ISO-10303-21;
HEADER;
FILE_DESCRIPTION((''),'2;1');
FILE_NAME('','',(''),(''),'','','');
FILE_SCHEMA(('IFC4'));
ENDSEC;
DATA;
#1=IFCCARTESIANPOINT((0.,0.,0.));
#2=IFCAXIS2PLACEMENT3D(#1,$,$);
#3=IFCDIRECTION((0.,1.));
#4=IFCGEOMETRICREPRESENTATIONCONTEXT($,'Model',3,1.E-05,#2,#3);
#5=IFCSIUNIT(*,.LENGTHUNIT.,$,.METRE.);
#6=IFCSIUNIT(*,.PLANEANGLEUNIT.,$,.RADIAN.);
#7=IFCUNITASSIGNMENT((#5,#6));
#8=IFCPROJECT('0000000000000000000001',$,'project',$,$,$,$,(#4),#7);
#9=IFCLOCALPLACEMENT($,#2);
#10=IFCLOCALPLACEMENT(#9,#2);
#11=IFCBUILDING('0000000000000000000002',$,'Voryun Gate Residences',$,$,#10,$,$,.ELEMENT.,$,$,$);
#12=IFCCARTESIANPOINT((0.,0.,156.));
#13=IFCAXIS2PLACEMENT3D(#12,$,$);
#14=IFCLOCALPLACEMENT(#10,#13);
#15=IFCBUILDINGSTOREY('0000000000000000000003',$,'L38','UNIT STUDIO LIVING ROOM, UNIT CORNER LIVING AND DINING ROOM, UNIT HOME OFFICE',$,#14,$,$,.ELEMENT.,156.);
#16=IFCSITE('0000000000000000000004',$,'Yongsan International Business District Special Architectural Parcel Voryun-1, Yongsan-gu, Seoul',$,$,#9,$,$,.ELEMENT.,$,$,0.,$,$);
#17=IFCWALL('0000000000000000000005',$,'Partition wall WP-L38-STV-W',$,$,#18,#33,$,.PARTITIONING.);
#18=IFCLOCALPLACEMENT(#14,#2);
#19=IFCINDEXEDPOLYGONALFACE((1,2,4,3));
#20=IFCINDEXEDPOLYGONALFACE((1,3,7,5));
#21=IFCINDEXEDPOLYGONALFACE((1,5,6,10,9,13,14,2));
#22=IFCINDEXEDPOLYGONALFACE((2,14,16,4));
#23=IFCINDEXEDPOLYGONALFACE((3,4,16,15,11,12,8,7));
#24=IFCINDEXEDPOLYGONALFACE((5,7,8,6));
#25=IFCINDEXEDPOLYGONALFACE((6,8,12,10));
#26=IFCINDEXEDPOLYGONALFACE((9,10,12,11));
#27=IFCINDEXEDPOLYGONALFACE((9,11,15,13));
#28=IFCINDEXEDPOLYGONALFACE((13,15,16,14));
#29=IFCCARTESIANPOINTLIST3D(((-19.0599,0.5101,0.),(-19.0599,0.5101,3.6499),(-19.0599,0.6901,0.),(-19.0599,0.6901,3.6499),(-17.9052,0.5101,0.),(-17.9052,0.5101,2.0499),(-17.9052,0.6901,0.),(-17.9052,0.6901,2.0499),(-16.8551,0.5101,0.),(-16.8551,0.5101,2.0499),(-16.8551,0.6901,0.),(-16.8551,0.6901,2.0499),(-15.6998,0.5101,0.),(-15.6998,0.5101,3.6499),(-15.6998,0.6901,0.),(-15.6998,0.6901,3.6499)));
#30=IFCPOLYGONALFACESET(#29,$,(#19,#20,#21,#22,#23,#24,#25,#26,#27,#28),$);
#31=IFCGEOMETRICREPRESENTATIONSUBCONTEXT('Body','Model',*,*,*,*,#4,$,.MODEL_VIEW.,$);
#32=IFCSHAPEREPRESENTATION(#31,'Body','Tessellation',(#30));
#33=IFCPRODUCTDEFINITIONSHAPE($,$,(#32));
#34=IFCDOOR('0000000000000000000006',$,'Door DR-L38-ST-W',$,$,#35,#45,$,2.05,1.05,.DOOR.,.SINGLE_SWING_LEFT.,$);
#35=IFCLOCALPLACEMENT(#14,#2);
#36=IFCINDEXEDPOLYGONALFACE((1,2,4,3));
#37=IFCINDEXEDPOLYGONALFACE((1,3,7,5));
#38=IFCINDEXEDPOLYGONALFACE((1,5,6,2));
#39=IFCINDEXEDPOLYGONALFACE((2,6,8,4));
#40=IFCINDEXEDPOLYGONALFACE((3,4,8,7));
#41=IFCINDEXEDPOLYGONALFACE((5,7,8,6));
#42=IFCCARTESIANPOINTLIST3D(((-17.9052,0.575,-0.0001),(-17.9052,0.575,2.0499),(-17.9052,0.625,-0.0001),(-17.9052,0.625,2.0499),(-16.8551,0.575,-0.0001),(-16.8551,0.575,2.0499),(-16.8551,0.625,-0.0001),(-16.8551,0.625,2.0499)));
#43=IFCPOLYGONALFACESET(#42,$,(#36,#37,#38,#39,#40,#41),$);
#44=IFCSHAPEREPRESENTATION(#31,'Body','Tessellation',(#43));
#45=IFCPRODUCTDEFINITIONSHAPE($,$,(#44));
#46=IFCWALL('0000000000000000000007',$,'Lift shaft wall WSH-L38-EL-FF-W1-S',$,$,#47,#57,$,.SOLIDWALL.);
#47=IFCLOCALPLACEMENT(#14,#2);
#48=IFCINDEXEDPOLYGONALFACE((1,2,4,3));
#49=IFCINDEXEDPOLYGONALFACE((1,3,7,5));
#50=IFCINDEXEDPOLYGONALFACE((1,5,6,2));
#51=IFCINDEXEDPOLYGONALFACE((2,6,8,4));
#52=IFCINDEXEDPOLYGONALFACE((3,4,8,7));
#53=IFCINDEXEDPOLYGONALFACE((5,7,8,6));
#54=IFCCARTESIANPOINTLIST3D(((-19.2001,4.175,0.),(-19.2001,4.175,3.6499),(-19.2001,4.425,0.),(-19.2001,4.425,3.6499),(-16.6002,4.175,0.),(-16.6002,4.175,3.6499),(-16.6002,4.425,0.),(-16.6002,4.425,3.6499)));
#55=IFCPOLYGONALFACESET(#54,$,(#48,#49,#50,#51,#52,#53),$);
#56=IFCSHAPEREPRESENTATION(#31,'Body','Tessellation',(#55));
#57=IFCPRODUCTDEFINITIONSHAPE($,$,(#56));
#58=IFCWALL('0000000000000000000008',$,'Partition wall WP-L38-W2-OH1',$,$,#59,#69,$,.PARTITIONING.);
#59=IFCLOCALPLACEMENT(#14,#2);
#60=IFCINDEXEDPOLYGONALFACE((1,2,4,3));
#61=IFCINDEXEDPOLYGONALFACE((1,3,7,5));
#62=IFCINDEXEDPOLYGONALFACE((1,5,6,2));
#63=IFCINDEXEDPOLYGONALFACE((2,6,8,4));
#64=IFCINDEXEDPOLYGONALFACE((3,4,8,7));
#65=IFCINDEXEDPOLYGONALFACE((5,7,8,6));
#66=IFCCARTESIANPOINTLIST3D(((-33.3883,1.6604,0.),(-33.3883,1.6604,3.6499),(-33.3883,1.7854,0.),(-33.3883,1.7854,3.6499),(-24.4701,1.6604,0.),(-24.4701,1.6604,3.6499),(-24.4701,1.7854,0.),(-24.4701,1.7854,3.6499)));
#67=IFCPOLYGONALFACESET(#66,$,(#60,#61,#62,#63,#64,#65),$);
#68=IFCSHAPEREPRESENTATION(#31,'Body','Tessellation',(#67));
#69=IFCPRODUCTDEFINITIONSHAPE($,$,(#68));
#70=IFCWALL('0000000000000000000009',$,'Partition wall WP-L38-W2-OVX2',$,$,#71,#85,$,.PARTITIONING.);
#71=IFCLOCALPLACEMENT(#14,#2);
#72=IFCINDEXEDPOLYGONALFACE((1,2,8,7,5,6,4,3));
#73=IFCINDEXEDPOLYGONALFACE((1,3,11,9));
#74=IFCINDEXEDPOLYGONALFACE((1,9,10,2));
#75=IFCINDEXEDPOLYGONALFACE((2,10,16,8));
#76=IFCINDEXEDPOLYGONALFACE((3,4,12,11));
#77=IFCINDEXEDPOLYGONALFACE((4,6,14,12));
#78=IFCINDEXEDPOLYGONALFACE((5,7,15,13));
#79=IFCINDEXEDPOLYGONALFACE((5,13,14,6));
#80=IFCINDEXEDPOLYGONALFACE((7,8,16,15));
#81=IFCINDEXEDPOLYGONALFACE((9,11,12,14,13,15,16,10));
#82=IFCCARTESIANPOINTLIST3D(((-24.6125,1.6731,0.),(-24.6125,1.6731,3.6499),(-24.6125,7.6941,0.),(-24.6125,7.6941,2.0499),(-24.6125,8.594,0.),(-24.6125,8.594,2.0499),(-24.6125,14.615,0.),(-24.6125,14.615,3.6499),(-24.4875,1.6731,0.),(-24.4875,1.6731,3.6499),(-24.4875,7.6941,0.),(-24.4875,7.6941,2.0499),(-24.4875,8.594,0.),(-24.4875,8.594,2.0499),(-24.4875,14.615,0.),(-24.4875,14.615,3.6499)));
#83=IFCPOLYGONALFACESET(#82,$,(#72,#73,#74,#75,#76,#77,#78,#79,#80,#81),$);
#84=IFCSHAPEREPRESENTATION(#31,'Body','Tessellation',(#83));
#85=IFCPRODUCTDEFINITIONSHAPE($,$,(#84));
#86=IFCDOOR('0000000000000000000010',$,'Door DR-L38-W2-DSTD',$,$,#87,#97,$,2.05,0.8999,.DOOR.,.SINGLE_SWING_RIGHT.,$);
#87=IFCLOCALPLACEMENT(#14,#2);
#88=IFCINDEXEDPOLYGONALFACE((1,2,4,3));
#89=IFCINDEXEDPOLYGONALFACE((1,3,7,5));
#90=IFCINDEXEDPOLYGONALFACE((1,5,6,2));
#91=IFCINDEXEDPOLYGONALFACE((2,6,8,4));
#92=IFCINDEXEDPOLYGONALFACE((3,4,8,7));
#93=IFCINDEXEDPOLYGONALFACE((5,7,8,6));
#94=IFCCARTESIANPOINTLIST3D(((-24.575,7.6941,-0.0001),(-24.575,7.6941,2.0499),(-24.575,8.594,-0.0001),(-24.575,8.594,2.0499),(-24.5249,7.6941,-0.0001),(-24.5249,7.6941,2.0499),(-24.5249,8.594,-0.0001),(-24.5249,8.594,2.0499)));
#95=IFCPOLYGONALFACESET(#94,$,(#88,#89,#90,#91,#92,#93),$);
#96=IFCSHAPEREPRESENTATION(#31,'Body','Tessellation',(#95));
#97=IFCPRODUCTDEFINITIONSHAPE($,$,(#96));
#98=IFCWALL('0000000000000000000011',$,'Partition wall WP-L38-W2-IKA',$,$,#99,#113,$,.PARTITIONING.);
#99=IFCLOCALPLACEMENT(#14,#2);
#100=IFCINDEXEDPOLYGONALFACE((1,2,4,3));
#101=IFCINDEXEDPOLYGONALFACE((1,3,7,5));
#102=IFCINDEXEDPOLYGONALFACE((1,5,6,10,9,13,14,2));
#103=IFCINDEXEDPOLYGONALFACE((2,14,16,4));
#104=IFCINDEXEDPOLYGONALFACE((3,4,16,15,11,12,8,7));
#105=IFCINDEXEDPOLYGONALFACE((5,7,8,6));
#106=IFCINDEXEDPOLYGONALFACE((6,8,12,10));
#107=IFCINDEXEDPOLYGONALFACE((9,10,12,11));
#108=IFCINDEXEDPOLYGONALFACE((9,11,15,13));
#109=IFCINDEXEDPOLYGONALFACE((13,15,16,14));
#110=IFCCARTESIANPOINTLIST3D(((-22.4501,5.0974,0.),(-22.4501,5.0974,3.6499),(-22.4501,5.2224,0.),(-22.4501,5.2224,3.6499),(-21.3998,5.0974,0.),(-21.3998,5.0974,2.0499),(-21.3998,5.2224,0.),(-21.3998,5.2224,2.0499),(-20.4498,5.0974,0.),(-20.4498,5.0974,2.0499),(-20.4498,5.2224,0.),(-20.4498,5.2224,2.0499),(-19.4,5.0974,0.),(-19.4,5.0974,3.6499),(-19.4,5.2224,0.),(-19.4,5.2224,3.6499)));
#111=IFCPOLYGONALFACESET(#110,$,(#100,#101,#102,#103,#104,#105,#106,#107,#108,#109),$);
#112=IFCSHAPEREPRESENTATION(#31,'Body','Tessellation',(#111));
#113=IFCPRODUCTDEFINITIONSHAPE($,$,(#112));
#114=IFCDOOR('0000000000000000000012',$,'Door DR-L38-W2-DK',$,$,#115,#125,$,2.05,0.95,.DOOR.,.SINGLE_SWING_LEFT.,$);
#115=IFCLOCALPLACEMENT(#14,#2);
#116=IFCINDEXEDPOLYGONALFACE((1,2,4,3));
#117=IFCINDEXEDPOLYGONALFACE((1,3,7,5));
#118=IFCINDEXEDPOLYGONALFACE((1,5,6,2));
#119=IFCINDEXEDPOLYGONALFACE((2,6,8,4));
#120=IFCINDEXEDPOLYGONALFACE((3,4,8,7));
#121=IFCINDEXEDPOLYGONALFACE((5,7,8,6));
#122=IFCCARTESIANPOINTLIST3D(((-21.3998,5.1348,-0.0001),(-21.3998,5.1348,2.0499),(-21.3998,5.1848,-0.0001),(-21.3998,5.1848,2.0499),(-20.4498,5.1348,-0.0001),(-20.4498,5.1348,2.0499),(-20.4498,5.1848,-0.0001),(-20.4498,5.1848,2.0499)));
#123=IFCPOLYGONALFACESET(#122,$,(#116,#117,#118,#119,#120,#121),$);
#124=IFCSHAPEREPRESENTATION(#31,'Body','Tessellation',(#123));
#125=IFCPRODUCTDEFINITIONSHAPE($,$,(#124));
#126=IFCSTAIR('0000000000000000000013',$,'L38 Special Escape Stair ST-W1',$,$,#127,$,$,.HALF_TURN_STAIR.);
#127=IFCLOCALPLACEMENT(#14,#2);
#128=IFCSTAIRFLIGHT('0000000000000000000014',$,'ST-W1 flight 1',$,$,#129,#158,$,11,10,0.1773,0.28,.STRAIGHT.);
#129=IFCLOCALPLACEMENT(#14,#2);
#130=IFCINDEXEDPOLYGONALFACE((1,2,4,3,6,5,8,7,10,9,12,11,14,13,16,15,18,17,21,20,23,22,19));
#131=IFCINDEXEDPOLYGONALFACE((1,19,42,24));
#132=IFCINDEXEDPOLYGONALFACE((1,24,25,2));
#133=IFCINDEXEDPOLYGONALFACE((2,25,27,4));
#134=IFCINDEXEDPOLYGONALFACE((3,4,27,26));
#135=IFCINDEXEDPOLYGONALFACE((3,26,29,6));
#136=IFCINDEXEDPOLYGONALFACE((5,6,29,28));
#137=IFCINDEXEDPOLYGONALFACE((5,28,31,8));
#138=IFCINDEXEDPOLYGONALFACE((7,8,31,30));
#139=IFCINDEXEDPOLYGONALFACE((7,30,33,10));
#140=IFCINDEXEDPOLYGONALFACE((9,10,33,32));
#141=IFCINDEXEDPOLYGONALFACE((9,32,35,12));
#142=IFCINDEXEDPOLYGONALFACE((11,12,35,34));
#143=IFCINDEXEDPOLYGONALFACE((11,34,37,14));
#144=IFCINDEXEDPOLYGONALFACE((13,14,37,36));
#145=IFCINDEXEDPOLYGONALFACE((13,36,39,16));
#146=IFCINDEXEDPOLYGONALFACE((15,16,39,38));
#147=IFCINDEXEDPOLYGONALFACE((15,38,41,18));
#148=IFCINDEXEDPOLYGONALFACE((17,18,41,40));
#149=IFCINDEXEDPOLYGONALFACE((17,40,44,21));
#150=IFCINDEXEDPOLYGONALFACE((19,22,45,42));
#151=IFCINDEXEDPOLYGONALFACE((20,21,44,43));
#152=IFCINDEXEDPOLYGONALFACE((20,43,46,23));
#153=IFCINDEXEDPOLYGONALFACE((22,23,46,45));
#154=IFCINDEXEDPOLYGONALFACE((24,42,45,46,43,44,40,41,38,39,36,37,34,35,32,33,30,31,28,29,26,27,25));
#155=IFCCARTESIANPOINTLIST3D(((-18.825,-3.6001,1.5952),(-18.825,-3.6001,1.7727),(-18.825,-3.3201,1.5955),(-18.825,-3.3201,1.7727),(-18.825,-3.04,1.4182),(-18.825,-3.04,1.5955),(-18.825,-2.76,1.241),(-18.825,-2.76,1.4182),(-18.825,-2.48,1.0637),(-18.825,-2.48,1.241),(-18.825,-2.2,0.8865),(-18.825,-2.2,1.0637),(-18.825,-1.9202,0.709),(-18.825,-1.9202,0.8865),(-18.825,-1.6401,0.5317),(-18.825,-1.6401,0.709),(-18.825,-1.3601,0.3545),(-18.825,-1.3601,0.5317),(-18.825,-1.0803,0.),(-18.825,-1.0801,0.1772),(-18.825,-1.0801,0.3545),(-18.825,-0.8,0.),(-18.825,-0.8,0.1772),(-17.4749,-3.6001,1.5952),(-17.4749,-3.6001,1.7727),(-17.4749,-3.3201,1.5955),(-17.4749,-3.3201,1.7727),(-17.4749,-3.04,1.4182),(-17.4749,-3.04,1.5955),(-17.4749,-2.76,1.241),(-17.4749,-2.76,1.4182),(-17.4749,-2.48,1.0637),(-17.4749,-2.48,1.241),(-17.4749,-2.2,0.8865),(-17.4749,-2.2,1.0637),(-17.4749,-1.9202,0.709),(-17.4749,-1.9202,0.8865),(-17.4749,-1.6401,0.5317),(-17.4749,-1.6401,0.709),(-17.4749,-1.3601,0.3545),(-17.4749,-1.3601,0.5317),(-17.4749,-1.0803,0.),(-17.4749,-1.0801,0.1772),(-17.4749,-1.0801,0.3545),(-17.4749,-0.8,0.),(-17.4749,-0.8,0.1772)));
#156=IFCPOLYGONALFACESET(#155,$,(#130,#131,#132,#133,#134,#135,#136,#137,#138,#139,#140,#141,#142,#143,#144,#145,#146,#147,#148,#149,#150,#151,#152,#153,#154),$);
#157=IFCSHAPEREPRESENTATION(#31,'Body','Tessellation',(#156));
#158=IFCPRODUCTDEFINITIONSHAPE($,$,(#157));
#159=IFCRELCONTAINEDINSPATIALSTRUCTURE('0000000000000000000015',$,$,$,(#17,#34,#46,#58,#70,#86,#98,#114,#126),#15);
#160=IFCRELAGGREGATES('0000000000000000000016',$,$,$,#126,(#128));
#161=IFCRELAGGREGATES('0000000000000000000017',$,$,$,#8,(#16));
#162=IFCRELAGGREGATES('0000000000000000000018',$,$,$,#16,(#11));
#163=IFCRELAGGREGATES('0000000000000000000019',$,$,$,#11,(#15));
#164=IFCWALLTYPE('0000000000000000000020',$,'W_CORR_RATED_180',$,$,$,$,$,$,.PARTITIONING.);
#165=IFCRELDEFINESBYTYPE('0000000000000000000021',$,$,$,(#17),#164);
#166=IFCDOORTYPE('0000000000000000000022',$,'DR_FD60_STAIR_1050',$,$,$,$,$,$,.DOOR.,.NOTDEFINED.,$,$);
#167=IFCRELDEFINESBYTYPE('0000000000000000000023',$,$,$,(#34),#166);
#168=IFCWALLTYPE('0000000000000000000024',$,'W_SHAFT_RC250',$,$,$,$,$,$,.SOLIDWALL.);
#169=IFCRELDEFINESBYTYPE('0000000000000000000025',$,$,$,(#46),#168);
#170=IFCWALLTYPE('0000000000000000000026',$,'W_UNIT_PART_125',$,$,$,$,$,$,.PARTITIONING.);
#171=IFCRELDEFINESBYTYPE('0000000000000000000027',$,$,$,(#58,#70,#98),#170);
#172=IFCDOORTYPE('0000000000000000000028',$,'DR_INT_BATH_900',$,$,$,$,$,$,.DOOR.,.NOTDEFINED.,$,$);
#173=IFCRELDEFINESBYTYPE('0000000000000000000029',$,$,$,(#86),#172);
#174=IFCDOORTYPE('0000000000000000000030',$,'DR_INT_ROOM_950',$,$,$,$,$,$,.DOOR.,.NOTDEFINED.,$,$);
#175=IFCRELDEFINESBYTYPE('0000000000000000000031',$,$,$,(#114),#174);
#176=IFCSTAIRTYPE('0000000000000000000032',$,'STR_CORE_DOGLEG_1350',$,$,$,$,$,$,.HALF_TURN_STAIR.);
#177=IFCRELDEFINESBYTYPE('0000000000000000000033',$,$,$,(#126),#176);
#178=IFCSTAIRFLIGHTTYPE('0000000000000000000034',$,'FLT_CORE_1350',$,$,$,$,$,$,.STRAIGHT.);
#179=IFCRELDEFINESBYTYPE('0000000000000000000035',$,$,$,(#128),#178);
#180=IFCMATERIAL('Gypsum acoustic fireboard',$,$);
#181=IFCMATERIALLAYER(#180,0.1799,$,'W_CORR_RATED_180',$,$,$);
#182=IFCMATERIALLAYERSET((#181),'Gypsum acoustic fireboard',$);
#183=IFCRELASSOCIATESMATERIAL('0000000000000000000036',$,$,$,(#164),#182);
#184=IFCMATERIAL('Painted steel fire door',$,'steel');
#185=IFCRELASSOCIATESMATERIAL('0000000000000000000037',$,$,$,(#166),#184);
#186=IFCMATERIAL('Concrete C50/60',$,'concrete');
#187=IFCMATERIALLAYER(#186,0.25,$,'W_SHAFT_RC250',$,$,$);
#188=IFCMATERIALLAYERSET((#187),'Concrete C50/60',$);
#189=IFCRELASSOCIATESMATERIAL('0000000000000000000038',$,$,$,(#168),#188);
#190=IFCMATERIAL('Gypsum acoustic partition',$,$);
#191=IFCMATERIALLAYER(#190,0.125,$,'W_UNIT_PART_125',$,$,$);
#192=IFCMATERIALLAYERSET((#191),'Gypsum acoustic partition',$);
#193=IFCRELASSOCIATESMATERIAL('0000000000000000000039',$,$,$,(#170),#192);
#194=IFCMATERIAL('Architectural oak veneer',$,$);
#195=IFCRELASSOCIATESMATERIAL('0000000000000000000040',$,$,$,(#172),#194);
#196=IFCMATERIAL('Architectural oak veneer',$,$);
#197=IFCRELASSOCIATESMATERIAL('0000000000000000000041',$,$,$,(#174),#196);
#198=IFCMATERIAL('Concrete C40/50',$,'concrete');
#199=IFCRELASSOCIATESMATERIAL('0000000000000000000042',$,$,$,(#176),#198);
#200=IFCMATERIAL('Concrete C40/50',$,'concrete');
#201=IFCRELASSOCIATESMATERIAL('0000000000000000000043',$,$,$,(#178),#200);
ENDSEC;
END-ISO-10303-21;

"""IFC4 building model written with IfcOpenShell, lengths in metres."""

from ifc_helpers import new_model, si_unit, direction, frame, frame_2d, origin, place, context, subcontext, project, spatial, polyline, rectangle, outline, extrude, material, layer, layer_set, type_object, element, fill, aggregate, save


model = new_model("IFC4")

# Units and contexts
model_context = context("Model", 3, precision=1e-05, world=origin(), true_north=direction((0.0, 1.0)))
body_context = subcontext(model_context, "Body", "Model", "MODEL_VIEW")
ifc_project = project(units=[si_unit("LENGTHUNIT", "METRE"), si_unit("PLANEANGLEUNIT", "RADIAN")], contexts=[model_context])

# Site, building, storey
site_placement = place(None, origin())
site = spatial("IfcSite", under=ifc_project, at=site_placement, Name="Yongsan International Business District Special Architectural Parcel Voryun-1, Yongsan-gu, Seoul", CompositionType="ELEMENT", RefElevation=0.0)
building_placement = place(site_placement, origin())
building = spatial("IfcBuilding", under=site, at=building_placement, Name="Voryun Gate Residences", CompositionType="ELEMENT")
storey_placement = place(building_placement, frame((0.0, 0.0, 156.0)))
storey = spatial("IfcBuildingStorey", under=building, at=storey_placement, Name="L38", Description="UNIT STUDIO LIVING ROOM, UNIT CORNER LIVING AND DINING ROOM, UNIT HOME OFFICE", CompositionType="ELEMENT", Elevation=156.0)

# Wall, opening, door
ifc_material_1 = material(Name="Gypsum acoustic fireboard")
ifc_layer_1 = layer(ifc_material_1, 0.1799, Name="W_CORR_RATED_180")
ifc_layer_set_1 = layer_set([ifc_layer_1], Name="Gypsum acoustic fireboard")
wall_type_1 = type_object("IfcWallType", Name="W_CORR_RATED_180", PredefinedType="PARTITIONING", material=ifc_layer_set_1)
wall_1_placement = place(storey_placement, frame((-19.0601, 0.6001, 0.0), z_axis=(0.0, 0.0, 1.0), x_axis=(1.0, 0.0, 0.0)))
wall_1 = element("IfcWall", 1, at=wall_1_placement, inside=storey, type_object=wall_type_1, Name="Partition wall WP-L38-STV-W", PredefinedType="PARTITIONING", context=body_context, shape_type="SweptSolid", body=[
    extrude(rectangle(XDim=3.3601, YDim=0.1799, at=frame_2d((1.6802, 0.0))), origin(), (0.0, 0.0, 1.0), 3.6499),
])
opening_1_placement = place(wall_1_placement, frame((1.155, 0.0, 0.0)))
opening_1 = element("IfcOpeningElement", 2, at=opening_1_placement, cuts=wall_1, PredefinedType="OPENING", context=body_context, shape_type="SweptSolid", body=[
    extrude(rectangle(XDim=1.05, YDim=2.05, at=frame_2d((0.5249, 1.0249))), frame((0.0, 0.0999, 0.0), z_axis=(0.0, -1.0, 0.0), x_axis=(1.0, 0.0, 0.0)), (0.0, 0.0, 1.0), 0.2),
])
ifc_material_2 = material(Name="Painted steel fire door", Category="steel")
door_type_1 = type_object("IfcDoorType", Name="DR_FD60_STAIR_1050", OperationType="NOTDEFINED", PredefinedType="DOOR", material=ifc_material_2)
door_1_placement = place(opening_1_placement, origin())
door_1 = element("IfcDoor", 3, at=door_1_placement, inside=storey, type_object=door_type_1, Name="Door DR-L38-ST-W", OperationType="SINGLE_SWING_LEFT", OverallHeight=2.05, OverallWidth=1.05, PredefinedType="DOOR", context=body_context, shape_type="SweptSolid", body=[
    extrude(rectangle(XDim=1.05, YDim=2.05, at=frame_2d((0.5249, 1.0249))), frame((0.0, 0.0249, 0.0), z_axis=(0.0, -1.0, 0.0), x_axis=(1.0, 0.0, 0.0)), (0.0, 0.0, 1.0), 0.05),
])
fill(opening_1, door_1)

# Walls
ifc_material_3 = material(Name="Concrete C50/60", Category="concrete")
ifc_layer_2 = layer(ifc_material_3, 0.25, Name="W_SHAFT_RC250")
ifc_layer_set_2 = layer_set([ifc_layer_2], Name="Concrete C50/60")
wall_type_2 = type_object("IfcWallType", Name="W_SHAFT_RC250", PredefinedType="SOLIDWALL", material=ifc_layer_set_2)
wall_2_placement = place(storey_placement, frame((-19.2, 4.3, 0.0), z_axis=(0.0, 0.0, 1.0), x_axis=(1.0, 0.0, 0.0)))
element("IfcWall", 4, at=wall_2_placement, inside=storey, type_object=wall_type_2, Name="Lift shaft wall WSH-L38-EL-FF-W1-S", PredefinedType="SOLIDWALL", context=body_context, shape_type="SweptSolid", body=[
    extrude(rectangle(XDim=2.5999, YDim=0.25, at=frame_2d((1.2998, 0.0))), origin(), (0.0, 0.0, 1.0), 3.6499),
])
ifc_material_4 = material(Name="Gypsum acoustic partition")
ifc_layer_3 = layer(ifc_material_4, 0.125, Name="W_UNIT_PART_125")
ifc_layer_set_3 = layer_set([ifc_layer_3], Name="Gypsum acoustic partition")
wall_type_3 = type_object("IfcWallType", Name="W_UNIT_PART_125", PredefinedType="PARTITIONING", material=ifc_layer_set_3)
wall_3_placement = place(storey_placement, frame((-33.3882, 1.7229, 0.0), z_axis=(0.0, 0.0, 1.0), x_axis=(1.0, 0.0, 0.0)))
element("IfcWall", 5, at=wall_3_placement, inside=storey, type_object=wall_type_3, Name="Partition wall WP-L38-W2-OH1", PredefinedType="PARTITIONING", context=body_context, shape_type="SweptSolid", body=[
    extrude(rectangle(XDim=8.9182, YDim=0.125, at=frame_2d((4.459, 0.0))), origin(), (0.0, 0.0, 1.0), 3.6499),
])

# Walls, openings, doors
wall_4_placement = place(storey_placement, frame((-24.55, 1.6731, 0.0), z_axis=(0.0, 0.0, 1.0), x_axis=(0.0, 1.0, 0.0)))
wall_4 = element("IfcWall", 6, at=wall_4_placement, inside=storey, type_object=wall_type_3, Name="Partition wall WP-L38-W2-OVX2", PredefinedType="PARTITIONING", context=body_context, shape_type="SweptSolid", body=[
    extrude(rectangle(XDim=12.9419, YDim=0.125, at=frame_2d((6.4709, 0.0))), origin(), (0.0, 0.0, 1.0), 3.6499),
])
opening_2_placement = place(wall_4_placement, frame((6.021, 0.0, 0.0)))
opening_2 = element("IfcOpeningElement", 7, at=opening_2_placement, cuts=wall_4, PredefinedType="OPENING", context=body_context, shape_type="SweptSolid", body=[
    extrude(rectangle(XDim=0.8999, YDim=2.05, at=frame_2d((0.45, 1.0249))), frame((0.0, 0.0725, 0.0), z_axis=(0.0, -1.0, 0.0), x_axis=(1.0, 0.0, 0.0)), (0.0, 0.0, 1.0), 0.145),
])
ifc_material_5 = material(Name="Architectural oak veneer")
door_type_2 = type_object("IfcDoorType", Name="DR_INT_BATH_900", OperationType="NOTDEFINED", PredefinedType="DOOR", material=ifc_material_5)
door_2_placement = place(opening_2_placement, origin())
door_2 = element("IfcDoor", 8, at=door_2_placement, inside=storey, type_object=door_type_2, Name="Door DR-L38-W2-DSTD", OperationType="SINGLE_SWING_RIGHT", OverallHeight=2.05, OverallWidth=0.8999, PredefinedType="DOOR", context=body_context, shape_type="SweptSolid", body=[
    extrude(rectangle(XDim=0.8999, YDim=2.05, at=frame_2d((0.45, 1.0249))), frame((0.0, 0.0249, 0.0), z_axis=(0.0, -1.0, 0.0), x_axis=(1.0, 0.0, 0.0)), (0.0, 0.0, 1.0), 0.05),
])
fill(opening_2, door_2)
wall_5_placement = place(storey_placement, frame((-22.45, 5.1599, 0.0), z_axis=(0.0, 0.0, 1.0), x_axis=(1.0, 0.0, 0.0)))
wall_5 = element("IfcWall", 9, at=wall_5_placement, inside=storey, type_object=wall_type_3, Name="Partition wall WP-L38-W2-IKA", PredefinedType="PARTITIONING", context=body_context, shape_type="SweptSolid", body=[
    extrude(rectangle(XDim=3.05, YDim=0.125, at=frame_2d((1.5249, 0.0))), origin(), (0.0, 0.0, 1.0), 3.6499),
])
opening_3_placement = place(wall_5_placement, frame((1.05, 0.0, 0.0)))
opening_3 = element("IfcOpeningElement", 10, at=opening_3_placement, cuts=wall_5, PredefinedType="OPENING", context=body_context, shape_type="SweptSolid", body=[
    extrude(rectangle(XDim=0.95, YDim=2.05, at=frame_2d((0.4751, 1.0249))), frame((0.0, 0.0725, 0.0), z_axis=(0.0, -1.0, 0.0), x_axis=(1.0, 0.0, 0.0)), (0.0, 0.0, 1.0), 0.145),
])
ifc_material_6 = material(Name="Architectural oak veneer")
door_type_3 = type_object("IfcDoorType", Name="DR_INT_ROOM_950", OperationType="NOTDEFINED", PredefinedType="DOOR", material=ifc_material_6)
door_3_placement = place(opening_3_placement, origin())
door_3 = element("IfcDoor", 11, at=door_3_placement, inside=storey, type_object=door_type_3, Name="Door DR-L38-W2-DK", OperationType="SINGLE_SWING_LEFT", OverallHeight=2.05, OverallWidth=0.95, PredefinedType="DOOR", context=body_context, shape_type="SweptSolid", body=[
    extrude(rectangle(XDim=0.95, YDim=2.05, at=frame_2d((0.4751, 1.0249))), frame((0.0, 0.0249, 0.0), z_axis=(0.0, -1.0, 0.0), x_axis=(1.0, 0.0, 0.0)), (0.0, 0.0, 1.0), 0.05),
])
fill(opening_3, door_3)

# Stair, stair flight
ifc_material_7 = material(Name="Concrete C40/50", Category="concrete")
stair_type = type_object("IfcStairType", Name="STR_CORE_DOGLEG_1350", PredefinedType="HALF_TURN_STAIR", material=ifc_material_7)
stair_placement = place(storey_placement, origin())
stair = element("IfcStair", 12, at=stair_placement, inside=storey, type_object=stair_type, Name="L38 Special Escape Stair ST-W1", PredefinedType="HALF_TURN_STAIR")
ifc_material_8 = material(Name="Concrete C40/50", Category="concrete")
stair_flight_type = type_object("IfcStairFlightType", Name="FLT_CORE_1350", PredefinedType="STRAIGHT", material=ifc_material_8)
stair_flight_placement = place(storey_placement, frame((-18.1499, -0.8, 0.0), z_axis=(0.0, 0.0, 1.0), x_axis=(0.0, -1.0, 0.0)))
stair_flight = element("IfcStairFlight", 13, at=stair_flight_placement, type_object=stair_flight_type, Name="ST-W1 flight 1", NumberOfRisers=11, NumberOfTreads=10, PredefinedType="STRAIGHT", RiserHeight=0.1773, TreadLength=0.28, context=body_context, shape_type="SweptSolid", body=[
    extrude(outline(polyline([(0.0, 0.0), (0.0, 0.1772), (0.28, 0.1772), (0.28, 0.3545), (0.5601, 0.3545), (0.5601, 0.5317), (0.8401, 0.5317), (0.8401, 0.709), (1.1201, 0.709), (1.1201, 0.8865), (1.3999, 0.8865), (1.3999, 1.0637), (1.6799, 1.0637), (1.6799, 1.241), (1.96, 1.241), (1.96, 1.4182), (2.24, 1.4182), (2.24, 1.5955), (2.52, 1.5955), (2.52, 1.7727), (2.8, 1.7727), (2.8, 1.95), (2.8, 1.5952), (0.2803, 0.0), (0.0, 0.0)])), frame((0.0, 0.675, 0.0), z_axis=(0.0, -1.0, 0.0), x_axis=(1.0, 0.0, 0.0)), (0.0, 0.0, 1.0), 1.3501),
])
aggregate(stair, [stair_flight])

save(model, "model.ifc")
